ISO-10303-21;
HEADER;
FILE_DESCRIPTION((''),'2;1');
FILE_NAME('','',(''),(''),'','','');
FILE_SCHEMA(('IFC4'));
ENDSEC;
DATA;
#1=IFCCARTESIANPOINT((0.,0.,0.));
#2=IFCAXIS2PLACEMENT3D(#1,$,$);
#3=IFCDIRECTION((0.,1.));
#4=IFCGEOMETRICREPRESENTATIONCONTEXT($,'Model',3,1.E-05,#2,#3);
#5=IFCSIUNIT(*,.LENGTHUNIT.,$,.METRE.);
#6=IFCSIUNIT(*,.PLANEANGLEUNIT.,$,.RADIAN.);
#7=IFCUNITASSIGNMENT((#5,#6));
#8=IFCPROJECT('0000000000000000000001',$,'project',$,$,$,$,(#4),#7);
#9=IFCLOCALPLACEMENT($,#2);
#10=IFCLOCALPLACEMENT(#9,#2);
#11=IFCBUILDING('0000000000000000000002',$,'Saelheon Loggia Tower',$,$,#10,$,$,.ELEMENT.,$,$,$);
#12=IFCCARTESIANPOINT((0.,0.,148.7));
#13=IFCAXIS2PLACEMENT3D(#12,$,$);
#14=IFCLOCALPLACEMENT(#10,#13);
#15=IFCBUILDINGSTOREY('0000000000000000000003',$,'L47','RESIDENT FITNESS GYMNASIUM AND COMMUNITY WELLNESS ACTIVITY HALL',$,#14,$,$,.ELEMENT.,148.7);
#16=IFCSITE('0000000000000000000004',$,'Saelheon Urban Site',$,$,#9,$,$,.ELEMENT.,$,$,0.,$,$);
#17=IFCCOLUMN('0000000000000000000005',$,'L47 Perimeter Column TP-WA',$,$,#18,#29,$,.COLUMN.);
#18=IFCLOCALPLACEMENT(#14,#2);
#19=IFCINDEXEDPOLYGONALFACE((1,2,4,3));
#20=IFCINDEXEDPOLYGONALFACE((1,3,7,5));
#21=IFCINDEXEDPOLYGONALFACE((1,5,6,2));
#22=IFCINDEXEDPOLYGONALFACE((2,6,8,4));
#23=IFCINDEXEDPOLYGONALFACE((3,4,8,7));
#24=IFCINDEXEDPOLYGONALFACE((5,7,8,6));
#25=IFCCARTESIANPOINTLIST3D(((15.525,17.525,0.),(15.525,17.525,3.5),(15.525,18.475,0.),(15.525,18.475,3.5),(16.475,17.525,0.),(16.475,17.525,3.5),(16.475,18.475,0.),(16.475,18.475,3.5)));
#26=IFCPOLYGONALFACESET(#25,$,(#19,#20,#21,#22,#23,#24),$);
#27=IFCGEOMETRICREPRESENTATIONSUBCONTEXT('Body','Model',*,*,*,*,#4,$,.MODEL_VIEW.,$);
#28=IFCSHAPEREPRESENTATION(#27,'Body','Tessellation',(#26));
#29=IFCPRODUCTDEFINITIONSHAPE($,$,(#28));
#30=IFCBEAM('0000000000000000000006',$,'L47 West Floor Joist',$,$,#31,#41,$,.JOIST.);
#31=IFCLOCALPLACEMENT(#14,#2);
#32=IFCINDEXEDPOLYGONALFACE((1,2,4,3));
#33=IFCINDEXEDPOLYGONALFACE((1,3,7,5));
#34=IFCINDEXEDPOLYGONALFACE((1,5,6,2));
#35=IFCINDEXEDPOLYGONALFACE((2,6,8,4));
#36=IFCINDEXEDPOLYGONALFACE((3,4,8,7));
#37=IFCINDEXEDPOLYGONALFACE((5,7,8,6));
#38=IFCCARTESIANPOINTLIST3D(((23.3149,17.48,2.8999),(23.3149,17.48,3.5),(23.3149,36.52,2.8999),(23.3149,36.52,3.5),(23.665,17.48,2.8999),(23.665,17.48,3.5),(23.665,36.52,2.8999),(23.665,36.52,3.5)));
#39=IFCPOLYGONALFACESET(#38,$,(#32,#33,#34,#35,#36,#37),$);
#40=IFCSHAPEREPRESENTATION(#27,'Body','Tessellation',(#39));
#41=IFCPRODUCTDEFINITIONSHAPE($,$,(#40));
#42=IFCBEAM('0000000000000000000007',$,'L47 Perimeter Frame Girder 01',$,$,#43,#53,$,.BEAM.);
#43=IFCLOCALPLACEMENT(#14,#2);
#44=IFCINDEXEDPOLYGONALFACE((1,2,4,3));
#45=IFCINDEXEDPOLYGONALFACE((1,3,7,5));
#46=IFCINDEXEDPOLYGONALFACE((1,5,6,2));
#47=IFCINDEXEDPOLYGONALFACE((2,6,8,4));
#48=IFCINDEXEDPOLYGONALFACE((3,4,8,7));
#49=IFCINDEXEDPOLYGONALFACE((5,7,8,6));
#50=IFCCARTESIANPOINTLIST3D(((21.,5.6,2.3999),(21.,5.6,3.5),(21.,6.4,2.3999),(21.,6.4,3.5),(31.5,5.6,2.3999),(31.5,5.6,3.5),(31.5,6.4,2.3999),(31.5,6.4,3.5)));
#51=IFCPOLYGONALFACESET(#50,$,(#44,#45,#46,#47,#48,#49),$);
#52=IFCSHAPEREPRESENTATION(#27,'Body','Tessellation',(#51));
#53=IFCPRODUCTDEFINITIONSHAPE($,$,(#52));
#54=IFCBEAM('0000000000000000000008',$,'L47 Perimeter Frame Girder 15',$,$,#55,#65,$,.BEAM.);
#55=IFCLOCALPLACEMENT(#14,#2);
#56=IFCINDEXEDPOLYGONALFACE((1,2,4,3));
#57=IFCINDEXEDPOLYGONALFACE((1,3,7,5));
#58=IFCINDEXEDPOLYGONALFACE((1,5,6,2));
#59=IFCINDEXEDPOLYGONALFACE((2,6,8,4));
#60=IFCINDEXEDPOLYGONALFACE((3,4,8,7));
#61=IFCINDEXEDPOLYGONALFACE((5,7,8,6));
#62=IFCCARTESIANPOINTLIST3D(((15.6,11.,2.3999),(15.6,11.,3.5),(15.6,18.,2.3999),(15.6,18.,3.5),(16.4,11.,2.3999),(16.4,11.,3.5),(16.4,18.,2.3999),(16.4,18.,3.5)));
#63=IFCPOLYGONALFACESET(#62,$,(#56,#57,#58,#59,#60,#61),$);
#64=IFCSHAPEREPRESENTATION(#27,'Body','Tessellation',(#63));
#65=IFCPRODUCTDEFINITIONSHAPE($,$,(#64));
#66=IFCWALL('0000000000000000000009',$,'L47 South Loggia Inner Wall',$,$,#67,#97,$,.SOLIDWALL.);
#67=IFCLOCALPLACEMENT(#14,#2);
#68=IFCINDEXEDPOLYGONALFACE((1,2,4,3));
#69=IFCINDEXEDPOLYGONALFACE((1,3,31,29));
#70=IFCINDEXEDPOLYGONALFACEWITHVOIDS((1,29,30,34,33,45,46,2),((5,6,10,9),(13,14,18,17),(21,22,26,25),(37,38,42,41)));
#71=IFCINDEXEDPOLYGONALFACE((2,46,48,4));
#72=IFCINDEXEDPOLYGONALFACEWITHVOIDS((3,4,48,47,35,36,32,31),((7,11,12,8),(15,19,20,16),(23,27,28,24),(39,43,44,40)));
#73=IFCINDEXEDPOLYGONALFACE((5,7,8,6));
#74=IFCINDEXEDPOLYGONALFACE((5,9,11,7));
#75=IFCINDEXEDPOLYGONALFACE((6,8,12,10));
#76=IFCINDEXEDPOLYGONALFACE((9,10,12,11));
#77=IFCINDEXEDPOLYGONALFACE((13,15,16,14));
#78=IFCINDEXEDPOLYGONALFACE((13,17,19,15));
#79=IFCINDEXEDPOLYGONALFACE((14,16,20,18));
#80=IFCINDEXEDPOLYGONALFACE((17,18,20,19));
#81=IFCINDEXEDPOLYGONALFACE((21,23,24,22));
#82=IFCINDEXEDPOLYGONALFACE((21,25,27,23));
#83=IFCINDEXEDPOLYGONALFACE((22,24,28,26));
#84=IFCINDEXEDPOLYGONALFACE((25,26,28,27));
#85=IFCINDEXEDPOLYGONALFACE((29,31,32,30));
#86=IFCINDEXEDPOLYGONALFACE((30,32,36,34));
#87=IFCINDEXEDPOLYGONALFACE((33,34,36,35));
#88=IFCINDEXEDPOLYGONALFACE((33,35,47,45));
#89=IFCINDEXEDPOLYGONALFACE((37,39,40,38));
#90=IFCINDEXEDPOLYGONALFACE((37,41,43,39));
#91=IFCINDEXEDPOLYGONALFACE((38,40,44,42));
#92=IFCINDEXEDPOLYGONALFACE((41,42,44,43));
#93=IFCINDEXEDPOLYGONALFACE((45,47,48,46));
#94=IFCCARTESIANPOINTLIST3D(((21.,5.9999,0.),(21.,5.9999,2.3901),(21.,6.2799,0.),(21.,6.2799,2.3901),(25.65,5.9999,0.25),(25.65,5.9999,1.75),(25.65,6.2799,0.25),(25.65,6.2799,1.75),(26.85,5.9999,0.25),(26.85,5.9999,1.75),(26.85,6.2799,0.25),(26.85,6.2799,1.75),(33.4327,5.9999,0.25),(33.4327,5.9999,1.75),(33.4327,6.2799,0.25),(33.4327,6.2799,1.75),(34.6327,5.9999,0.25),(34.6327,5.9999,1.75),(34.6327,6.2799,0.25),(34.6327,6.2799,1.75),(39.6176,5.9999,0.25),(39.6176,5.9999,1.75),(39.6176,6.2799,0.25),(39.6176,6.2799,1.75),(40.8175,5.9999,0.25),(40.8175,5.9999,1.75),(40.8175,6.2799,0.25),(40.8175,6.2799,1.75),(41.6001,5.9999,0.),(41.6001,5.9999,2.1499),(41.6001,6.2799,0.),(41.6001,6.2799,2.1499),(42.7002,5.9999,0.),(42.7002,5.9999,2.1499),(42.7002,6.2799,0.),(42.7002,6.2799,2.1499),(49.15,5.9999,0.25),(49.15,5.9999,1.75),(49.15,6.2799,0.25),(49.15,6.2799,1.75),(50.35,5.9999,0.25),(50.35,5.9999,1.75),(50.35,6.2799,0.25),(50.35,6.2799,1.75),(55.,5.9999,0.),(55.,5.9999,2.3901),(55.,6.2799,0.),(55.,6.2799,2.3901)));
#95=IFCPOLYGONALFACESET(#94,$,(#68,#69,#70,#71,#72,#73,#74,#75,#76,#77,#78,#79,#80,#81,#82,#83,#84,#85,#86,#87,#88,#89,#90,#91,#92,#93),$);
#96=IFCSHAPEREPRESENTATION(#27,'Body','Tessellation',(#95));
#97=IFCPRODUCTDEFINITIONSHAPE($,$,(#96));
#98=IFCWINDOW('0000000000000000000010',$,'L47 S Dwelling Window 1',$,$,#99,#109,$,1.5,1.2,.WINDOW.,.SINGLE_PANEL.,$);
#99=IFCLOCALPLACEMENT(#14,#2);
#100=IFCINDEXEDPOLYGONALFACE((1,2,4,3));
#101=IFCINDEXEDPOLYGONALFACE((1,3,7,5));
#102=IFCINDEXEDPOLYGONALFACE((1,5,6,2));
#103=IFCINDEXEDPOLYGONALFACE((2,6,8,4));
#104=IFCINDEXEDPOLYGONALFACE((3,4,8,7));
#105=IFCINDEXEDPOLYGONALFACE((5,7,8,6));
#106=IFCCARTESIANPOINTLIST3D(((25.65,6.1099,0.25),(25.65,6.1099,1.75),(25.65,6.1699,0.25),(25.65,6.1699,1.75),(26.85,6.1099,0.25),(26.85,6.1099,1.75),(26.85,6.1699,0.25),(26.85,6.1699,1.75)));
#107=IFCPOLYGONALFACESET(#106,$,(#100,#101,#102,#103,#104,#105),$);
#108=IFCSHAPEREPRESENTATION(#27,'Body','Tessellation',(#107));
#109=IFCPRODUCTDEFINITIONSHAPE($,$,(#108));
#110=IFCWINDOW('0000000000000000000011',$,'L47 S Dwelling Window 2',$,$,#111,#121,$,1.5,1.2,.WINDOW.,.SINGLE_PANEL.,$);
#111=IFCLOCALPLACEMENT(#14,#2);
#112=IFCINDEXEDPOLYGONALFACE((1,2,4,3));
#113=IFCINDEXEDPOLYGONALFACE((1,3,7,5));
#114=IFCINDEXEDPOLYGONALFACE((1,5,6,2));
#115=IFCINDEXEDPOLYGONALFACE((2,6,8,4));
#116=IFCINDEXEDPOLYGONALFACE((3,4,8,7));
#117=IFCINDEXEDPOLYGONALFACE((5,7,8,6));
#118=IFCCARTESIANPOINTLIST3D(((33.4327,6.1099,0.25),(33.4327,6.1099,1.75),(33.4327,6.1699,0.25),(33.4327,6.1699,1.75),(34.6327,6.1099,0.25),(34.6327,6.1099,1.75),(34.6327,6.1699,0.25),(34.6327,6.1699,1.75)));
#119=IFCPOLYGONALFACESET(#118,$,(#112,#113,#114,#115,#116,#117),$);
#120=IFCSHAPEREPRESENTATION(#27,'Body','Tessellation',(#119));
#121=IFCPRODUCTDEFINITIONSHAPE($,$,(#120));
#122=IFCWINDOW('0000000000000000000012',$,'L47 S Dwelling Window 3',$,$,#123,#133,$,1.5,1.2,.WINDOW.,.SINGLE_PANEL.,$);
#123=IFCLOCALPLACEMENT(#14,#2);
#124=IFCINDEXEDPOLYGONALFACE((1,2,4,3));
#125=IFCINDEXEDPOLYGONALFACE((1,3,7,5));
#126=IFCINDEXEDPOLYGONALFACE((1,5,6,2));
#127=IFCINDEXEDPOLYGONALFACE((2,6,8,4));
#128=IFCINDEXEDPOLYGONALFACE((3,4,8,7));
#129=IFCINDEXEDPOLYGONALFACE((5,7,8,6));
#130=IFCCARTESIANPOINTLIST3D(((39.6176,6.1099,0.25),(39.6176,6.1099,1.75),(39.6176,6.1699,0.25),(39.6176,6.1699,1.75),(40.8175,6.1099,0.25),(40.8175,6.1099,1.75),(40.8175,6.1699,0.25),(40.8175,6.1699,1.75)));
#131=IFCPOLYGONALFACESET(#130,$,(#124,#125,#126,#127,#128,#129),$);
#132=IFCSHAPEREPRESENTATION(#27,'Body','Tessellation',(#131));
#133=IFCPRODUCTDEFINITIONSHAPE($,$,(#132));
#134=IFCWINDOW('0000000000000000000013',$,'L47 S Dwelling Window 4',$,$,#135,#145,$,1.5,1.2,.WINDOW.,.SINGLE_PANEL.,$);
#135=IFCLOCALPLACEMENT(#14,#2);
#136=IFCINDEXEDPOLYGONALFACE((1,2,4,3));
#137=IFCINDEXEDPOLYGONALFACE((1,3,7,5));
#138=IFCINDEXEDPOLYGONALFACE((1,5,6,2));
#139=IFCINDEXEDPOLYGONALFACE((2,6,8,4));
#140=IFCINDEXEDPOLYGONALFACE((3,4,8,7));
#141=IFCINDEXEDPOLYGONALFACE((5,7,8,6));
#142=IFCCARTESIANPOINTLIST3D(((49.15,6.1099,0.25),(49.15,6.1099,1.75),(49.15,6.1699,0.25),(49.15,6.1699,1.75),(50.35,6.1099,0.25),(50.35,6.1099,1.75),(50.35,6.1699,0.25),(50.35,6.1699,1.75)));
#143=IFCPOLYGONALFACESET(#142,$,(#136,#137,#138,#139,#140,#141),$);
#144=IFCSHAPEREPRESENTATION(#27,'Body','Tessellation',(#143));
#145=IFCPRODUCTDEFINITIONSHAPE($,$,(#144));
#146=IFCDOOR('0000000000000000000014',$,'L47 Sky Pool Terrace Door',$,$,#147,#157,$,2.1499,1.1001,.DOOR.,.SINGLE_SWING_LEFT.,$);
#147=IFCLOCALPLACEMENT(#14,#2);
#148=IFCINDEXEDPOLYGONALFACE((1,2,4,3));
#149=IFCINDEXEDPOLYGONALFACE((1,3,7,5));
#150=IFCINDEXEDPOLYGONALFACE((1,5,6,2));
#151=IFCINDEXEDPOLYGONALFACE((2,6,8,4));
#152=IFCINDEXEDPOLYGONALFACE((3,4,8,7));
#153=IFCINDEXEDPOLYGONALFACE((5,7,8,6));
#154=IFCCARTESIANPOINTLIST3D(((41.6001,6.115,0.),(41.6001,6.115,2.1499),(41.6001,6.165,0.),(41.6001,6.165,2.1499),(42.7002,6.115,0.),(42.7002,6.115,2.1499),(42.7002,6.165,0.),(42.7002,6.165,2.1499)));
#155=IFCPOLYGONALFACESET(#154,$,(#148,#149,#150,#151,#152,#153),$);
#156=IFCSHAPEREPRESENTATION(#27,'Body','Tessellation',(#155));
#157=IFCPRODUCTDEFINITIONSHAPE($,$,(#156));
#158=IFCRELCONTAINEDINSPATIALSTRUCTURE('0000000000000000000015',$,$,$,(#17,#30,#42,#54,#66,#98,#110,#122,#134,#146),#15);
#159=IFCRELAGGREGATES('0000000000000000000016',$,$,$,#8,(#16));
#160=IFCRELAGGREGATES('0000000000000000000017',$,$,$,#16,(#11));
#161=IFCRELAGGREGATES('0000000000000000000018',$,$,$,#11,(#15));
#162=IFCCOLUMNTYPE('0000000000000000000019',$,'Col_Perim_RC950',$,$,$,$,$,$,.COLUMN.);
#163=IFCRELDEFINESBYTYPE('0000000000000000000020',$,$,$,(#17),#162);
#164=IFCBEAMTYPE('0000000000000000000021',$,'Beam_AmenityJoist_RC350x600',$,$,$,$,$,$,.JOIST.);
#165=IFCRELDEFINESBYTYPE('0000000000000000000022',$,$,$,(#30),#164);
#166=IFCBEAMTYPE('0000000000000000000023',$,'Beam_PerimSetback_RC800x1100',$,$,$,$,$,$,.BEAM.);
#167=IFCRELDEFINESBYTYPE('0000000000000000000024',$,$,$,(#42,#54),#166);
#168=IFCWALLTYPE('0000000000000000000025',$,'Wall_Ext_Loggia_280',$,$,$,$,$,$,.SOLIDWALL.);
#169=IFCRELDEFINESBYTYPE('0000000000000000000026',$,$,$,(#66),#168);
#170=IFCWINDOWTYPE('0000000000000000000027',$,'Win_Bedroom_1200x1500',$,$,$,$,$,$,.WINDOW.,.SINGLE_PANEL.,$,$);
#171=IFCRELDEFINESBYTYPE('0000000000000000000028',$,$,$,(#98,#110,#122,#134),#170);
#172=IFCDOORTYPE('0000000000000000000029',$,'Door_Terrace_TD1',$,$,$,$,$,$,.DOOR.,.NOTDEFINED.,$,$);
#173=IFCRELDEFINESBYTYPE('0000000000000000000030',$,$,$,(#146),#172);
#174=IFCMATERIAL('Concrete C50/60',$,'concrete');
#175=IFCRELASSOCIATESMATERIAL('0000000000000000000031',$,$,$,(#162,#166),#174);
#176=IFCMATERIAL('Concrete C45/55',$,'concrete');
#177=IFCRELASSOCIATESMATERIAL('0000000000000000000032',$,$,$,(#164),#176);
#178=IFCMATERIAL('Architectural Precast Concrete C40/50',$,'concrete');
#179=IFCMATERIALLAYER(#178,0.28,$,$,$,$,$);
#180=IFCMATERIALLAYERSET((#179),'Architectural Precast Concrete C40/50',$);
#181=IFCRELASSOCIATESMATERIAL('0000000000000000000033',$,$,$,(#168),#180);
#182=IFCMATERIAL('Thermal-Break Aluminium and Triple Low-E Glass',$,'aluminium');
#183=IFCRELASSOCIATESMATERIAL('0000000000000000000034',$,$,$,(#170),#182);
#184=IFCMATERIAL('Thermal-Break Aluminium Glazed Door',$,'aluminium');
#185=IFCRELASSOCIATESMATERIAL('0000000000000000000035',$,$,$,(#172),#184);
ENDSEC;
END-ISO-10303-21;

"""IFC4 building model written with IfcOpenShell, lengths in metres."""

from ifc_helpers import new_model, si_unit, direction, frame, frame_2d, origin, origin_2d, place, context, subcontext, project, spatial, rectangle, extrude, source, transform, mapped, material, layer, layer_set, material_profile, profile_set, type_object, element, fill, save


model = new_model("IFC4")

# Units and contexts
model_context = context("Model", 3, precision=1e-05, world=origin(), true_north=direction((0.0, 1.0)))
body_context = subcontext(model_context, "Body", "Model", "MODEL_VIEW")
ifc_project = project(units=[si_unit("LENGTHUNIT", "METRE"), si_unit("PLANEANGLEUNIT", "RADIAN")], contexts=[model_context])

# Site, building, storey
site_placement = place(None, origin())
site = spatial("IfcSite", under=ifc_project, at=site_placement, Name="Saelheon Urban Site", CompositionType="ELEMENT", RefElevation=0.0)
building_placement = place(site_placement, origin())
building = spatial("IfcBuilding", under=site, at=building_placement, Name="Saelheon Loggia Tower", CompositionType="ELEMENT")
storey_placement = place(building_placement, frame((0.0, 0.0, 148.7)))
storey = spatial("IfcBuildingStorey", under=building, at=storey_placement, Name="L47", Description="RESIDENT FITNESS GYMNASIUM AND COMMUNITY WELLNESS ACTIVITY HALL", CompositionType="ELEMENT", Elevation=148.7)

# Column
ifc_material_1 = material(Name="Concrete C50/60", Category="concrete")
ifc_material_profile_1 = material_profile(ifc_material_1, rectangle(XDim=0.95, YDim=0.95, at=origin_2d()), Name="RC-950x950")
ifc_profile_set_1 = profile_set([ifc_material_profile_1], Name="Concrete C50/60")
column_type = type_object("IfcColumnType", Name="Col_Perim_RC950", PredefinedType="COLUMN", material=ifc_profile_set_1)
shared_shape_1 = source(origin(), body_context, "Body", "SweptSolid", [
    extrude(rectangle(XDim=0.95, YDim=0.95, at=origin_2d()), origin(), (0.0, 0.0, 1.0), 3.5),
])
column_placement = place(storey_placement, frame((16.0, 18.0, 0.0), z_axis=(0.0, 0.0, 1.0), x_axis=(1.0, 0.0, 0.0)))
element("IfcColumn", 1, at=column_placement, inside=storey, type_object=column_type, Name="L47 Perimeter Column TP-WA", PredefinedType="COLUMN", context=body_context, shape_type="MappedRepresentation", body=[
    mapped(shared_shape_1, transform((0.0, 0.0, 0.0), scale=1.0)),
])

# Beams
ifc_material_2 = material(Name="Concrete C45/55", Category="concrete")
ifc_material_profile_2 = material_profile(ifc_material_2, rectangle(XDim=0.3501, YDim=0.6001, at=origin_2d()), Name="RC-350x600")
ifc_profile_set_2 = profile_set([ifc_material_profile_2], Name="Concrete C45/55")
beam_type_1 = type_object("IfcBeamType", Name="Beam_AmenityJoist_RC350x600", PredefinedType="JOIST", material=ifc_profile_set_2)
shared_shape_2 = source(origin(), body_context, "Body", "SweptSolid", [
    extrude(rectangle(XDim=0.3501, YDim=0.6001, at=origin_2d()), origin(), (0.0, 0.0, 1.0), 19.04),
])
beam_1_placement = place(storey_placement, frame((23.49, 17.48, 3.2), z_axis=(0.0, 1.0, 0.0), x_axis=(-1.0, 0.0, 0.0)))
element("IfcBeam", 2, at=beam_1_placement, inside=storey, type_object=beam_type_1, Name="L47 West Floor Joist", PredefinedType="JOIST", context=body_context, shape_type="MappedRepresentation", body=[
    mapped(shared_shape_2, transform((0.0, 0.0, 0.0), scale=1.0)),
])
ifc_material_profile_3 = material_profile(ifc_material_1, rectangle(XDim=0.8, YDim=1.1001, at=origin_2d()), Name="RC-800x1100")
ifc_profile_set_3 = profile_set([ifc_material_profile_3], Name="Concrete C50/60")
beam_type_2 = type_object("IfcBeamType", Name="Beam_PerimSetback_RC800x1100", PredefinedType="BEAM", material=ifc_profile_set_3)
shared_shape_3 = source(origin(), body_context, "Body", "SweptSolid", [
    extrude(rectangle(XDim=0.8, YDim=1.1001, at=origin_2d()), origin(), (0.0, 0.0, 1.0), 10.5),
])
beam_2_placement = place(storey_placement, frame((21.0, 6.0, 2.95), z_axis=(1.0, 0.0, 0.0), x_axis=(0.0, 1.0, 0.0)))
element("IfcBeam", 3, at=beam_2_placement, inside=storey, type_object=beam_type_2, Name="L47 Perimeter Frame Girder 01", PredefinedType="BEAM", context=body_context, shape_type="MappedRepresentation", body=[
    mapped(shared_shape_3, transform((0.0, 0.0, 0.0), scale=1.0)),
])
shared_shape_4 = source(origin(), body_context, "Body", "SweptSolid", [
    extrude(rectangle(XDim=0.8, YDim=1.1001, at=origin_2d()), origin(), (0.0, 0.0, 1.0), 7.0),
])
beam_3_placement = place(storey_placement, frame((16.0, 18.0, 2.95), z_axis=(0.0, -1.0, 0.0), x_axis=(1.0, 0.0, 0.0)))
element("IfcBeam", 4, at=beam_3_placement, inside=storey, type_object=beam_type_2, Name="L47 Perimeter Frame Girder 15", PredefinedType="BEAM", context=body_context, shape_type="MappedRepresentation", body=[
    mapped(shared_shape_4, transform((0.0, 0.0, 0.0), scale=1.0)),
])

# Wall, openings, windows, door
ifc_material_3 = material(Name="Architectural Precast Concrete C40/50", Category="concrete")
ifc_layer = layer(ifc_material_3, 0.28)
ifc_layer_set = layer_set([ifc_layer], Name="Architectural Precast Concrete C40/50")
wall_type = type_object("IfcWallType", Name="Wall_Ext_Loggia_280", PredefinedType="SOLIDWALL", material=ifc_layer_set)
wall_1_placement = place(storey_placement, frame((21.0, 6.1399, 0.0), z_axis=(0.0, 0.0, 1.0), x_axis=(1.0, 0.0, 0.0)))
wall_1 = element("IfcWall", 5, at=wall_1_placement, inside=storey, type_object=wall_type, Name="L47 South Loggia Inner Wall", PredefinedType="SOLIDWALL", context=body_context, shape_type="SweptSolid", body=[
    extrude(rectangle(XDim=34.0, YDim=0.28, at=frame_2d((17.0, 0.0))), origin(), (0.0, 0.0, 1.0), 2.3901),
])
opening_1_placement = place(wall_1_placement, frame((4.6499, 0.0, 0.25)))
opening_1 = element("IfcOpeningElement", 6, at=opening_1_placement, cuts=wall_1, PredefinedType="OPENING", context=body_context, shape_type="SweptSolid", body=[
    extrude(rectangle(XDim=1.2, YDim=1.5, at=frame_2d((0.6001, 0.75))), frame((0.0, 0.1521, 0.0), z_axis=(0.0, -1.0, 0.0), x_axis=(1.0, 0.0, 0.0)), (0.0, 0.0, 1.0), 0.304),
])
opening_2_placement = place(wall_1_placement, frame((12.4326, 0.0, 0.25)))
opening_2 = element("IfcOpeningElement", 7, at=opening_2_placement, cuts=wall_1, PredefinedType="OPENING", context=body_context, shape_type="SweptSolid", body=[
    extrude(rectangle(XDim=1.2, YDim=1.5, at=frame_2d((0.6001, 0.75))), frame((0.0, 0.1521, 0.0), z_axis=(0.0, -1.0, 0.0), x_axis=(1.0, 0.0, 0.0)), (0.0, 0.0, 1.0), 0.304),
])
opening_3_placement = place(wall_1_placement, frame((18.6174, 0.0, 0.25)))
opening_3 = element("IfcOpeningElement", 8, at=opening_3_placement, cuts=wall_1, PredefinedType="OPENING", context=body_context, shape_type="SweptSolid", body=[
    extrude(rectangle(XDim=1.2, YDim=1.5, at=frame_2d((0.6001, 0.75))), frame((0.0, 0.1521, 0.0), z_axis=(0.0, -1.0, 0.0), x_axis=(1.0, 0.0, 0.0)), (0.0, 0.0, 1.0), 0.304),
])
opening_4_placement = place(wall_1_placement, frame((28.1499, 0.0, 0.25)))
opening_4 = element("IfcOpeningElement", 9, at=opening_4_placement, cuts=wall_1, PredefinedType="OPENING", context=body_context, shape_type="SweptSolid", body=[
    extrude(rectangle(XDim=1.2, YDim=1.5, at=frame_2d((0.6001, 0.75))), frame((0.0, 0.1521, 0.0), z_axis=(0.0, -1.0, 0.0), x_axis=(1.0, 0.0, 0.0)), (0.0, 0.0, 1.0), 0.304),
])
opening_5_placement = place(wall_1_placement, frame((21.7002, 0.0, 0.0), z_axis=(0.0, 0.0, 1.0), x_axis=(-1.0, 0.0, 0.0)))
opening_5 = element("IfcOpeningElement", 10, at=opening_5_placement, cuts=wall_1, PredefinedType="OPENING", context=body_context, shape_type="SweptSolid", body=[
    extrude(rectangle(XDim=1.1001, YDim=2.1499, at=frame_2d((0.55, 1.075))), frame((0.0, 0.1521, 0.0), z_axis=(0.0, -1.0, 0.0), x_axis=(1.0, 0.0, 0.0)), (0.0, 0.0, 1.0), 0.304),
])
ifc_material_4 = material(Name="Thermal-Break Aluminium and Triple Low-E Glass", Category="aluminium")
window_type = type_object("IfcWindowType", Name="Win_Bedroom_1200x1500", PartitioningType="SINGLE_PANEL", PredefinedType="WINDOW", material=ifc_material_4)
shared_shape_5 = source(origin(), body_context, "Body", "SweptSolid", [
    extrude(rectangle(XDim=1.2, YDim=1.5, at=frame_2d((0.6001, 0.75))), frame((0.0, 0.03, 0.0), z_axis=(0.0, -1.0, 0.0), x_axis=(1.0, 0.0, 0.0)), (0.0, 0.0, 1.0), 0.0601),
])
window_1_placement = place(opening_1_placement, origin())
window_1 = element("IfcWindow", 11, at=window_1_placement, inside=storey, type_object=window_type, Name="L47 S Dwelling Window 1", OverallHeight=1.5, OverallWidth=1.2, PartitioningType="SINGLE_PANEL", PredefinedType="WINDOW", context=body_context, shape_type="MappedRepresentation", body=[
    mapped(shared_shape_5, transform((0.0, 0.0, 0.0), scale=1.0)),
])
fill(opening_1, window_1)
window_2_placement = place(opening_2_placement, origin())
window_2 = element("IfcWindow", 12, at=window_2_placement, inside=storey, type_object=window_type, Name="L47 S Dwelling Window 2", OverallHeight=1.5, OverallWidth=1.2, PartitioningType="SINGLE_PANEL", PredefinedType="WINDOW", context=body_context, shape_type="MappedRepresentation", body=[
    mapped(shared_shape_5, transform((0.0, 0.0, 0.0), scale=1.0)),
])
fill(opening_2, window_2)
window_3_placement = place(opening_3_placement, origin())
window_3 = element("IfcWindow", 13, at=window_3_placement, inside=storey, type_object=window_type, Name="L47 S Dwelling Window 3", OverallHeight=1.5, OverallWidth=1.2, PartitioningType="SINGLE_PANEL", PredefinedType="WINDOW", context=body_context, shape_type="MappedRepresentation", body=[
    mapped(shared_shape_5, transform((0.0, 0.0, 0.0), scale=1.0)),
])
fill(opening_3, window_3)
window_4_placement = place(opening_4_placement, origin())
window_4 = element("IfcWindow", 14, at=window_4_placement, inside=storey, type_object=window_type, Name="L47 S Dwelling Window 4", OverallHeight=1.5, OverallWidth=1.2, PartitioningType="SINGLE_PANEL", PredefinedType="WINDOW", context=body_context, shape_type="MappedRepresentation", body=[
    mapped(shared_shape_5, transform((0.0, 0.0, 0.0), scale=1.0)),
])
fill(opening_4, window_4)
ifc_material_5 = material(Name="Thermal-Break Aluminium Glazed Door", Category="aluminium")
door_type = type_object("IfcDoorType", Name="Door_Terrace_TD1", OperationType="NOTDEFINED", PredefinedType="DOOR", material=ifc_material_5)
shared_shape_6 = source(origin(), body_context, "Body", "SweptSolid", [
    extrude(rectangle(XDim=1.1001, YDim=2.1499, at=frame_2d((0.55, 1.075))), frame((0.0, 0.0249, 0.0), z_axis=(0.0, -1.0, 0.0), x_axis=(1.0, 0.0, 0.0)), (0.0, 0.0, 1.0), 0.05),
])
door_placement = place(opening_5_placement, origin())
door = element("IfcDoor", 15, at=door_placement, inside=storey, type_object=door_type, Name="L47 Sky Pool Terrace Door", OperationType="SINGLE_SWING_LEFT", OverallHeight=2.1499, OverallWidth=1.1001, PredefinedType="DOOR", context=body_context, shape_type="MappedRepresentation", body=[
    mapped(shared_shape_6, transform((0.0, 0.0, 0.0), scale=1.0)),
])
fill(opening_5, door)

save(model, "model.ifc")
